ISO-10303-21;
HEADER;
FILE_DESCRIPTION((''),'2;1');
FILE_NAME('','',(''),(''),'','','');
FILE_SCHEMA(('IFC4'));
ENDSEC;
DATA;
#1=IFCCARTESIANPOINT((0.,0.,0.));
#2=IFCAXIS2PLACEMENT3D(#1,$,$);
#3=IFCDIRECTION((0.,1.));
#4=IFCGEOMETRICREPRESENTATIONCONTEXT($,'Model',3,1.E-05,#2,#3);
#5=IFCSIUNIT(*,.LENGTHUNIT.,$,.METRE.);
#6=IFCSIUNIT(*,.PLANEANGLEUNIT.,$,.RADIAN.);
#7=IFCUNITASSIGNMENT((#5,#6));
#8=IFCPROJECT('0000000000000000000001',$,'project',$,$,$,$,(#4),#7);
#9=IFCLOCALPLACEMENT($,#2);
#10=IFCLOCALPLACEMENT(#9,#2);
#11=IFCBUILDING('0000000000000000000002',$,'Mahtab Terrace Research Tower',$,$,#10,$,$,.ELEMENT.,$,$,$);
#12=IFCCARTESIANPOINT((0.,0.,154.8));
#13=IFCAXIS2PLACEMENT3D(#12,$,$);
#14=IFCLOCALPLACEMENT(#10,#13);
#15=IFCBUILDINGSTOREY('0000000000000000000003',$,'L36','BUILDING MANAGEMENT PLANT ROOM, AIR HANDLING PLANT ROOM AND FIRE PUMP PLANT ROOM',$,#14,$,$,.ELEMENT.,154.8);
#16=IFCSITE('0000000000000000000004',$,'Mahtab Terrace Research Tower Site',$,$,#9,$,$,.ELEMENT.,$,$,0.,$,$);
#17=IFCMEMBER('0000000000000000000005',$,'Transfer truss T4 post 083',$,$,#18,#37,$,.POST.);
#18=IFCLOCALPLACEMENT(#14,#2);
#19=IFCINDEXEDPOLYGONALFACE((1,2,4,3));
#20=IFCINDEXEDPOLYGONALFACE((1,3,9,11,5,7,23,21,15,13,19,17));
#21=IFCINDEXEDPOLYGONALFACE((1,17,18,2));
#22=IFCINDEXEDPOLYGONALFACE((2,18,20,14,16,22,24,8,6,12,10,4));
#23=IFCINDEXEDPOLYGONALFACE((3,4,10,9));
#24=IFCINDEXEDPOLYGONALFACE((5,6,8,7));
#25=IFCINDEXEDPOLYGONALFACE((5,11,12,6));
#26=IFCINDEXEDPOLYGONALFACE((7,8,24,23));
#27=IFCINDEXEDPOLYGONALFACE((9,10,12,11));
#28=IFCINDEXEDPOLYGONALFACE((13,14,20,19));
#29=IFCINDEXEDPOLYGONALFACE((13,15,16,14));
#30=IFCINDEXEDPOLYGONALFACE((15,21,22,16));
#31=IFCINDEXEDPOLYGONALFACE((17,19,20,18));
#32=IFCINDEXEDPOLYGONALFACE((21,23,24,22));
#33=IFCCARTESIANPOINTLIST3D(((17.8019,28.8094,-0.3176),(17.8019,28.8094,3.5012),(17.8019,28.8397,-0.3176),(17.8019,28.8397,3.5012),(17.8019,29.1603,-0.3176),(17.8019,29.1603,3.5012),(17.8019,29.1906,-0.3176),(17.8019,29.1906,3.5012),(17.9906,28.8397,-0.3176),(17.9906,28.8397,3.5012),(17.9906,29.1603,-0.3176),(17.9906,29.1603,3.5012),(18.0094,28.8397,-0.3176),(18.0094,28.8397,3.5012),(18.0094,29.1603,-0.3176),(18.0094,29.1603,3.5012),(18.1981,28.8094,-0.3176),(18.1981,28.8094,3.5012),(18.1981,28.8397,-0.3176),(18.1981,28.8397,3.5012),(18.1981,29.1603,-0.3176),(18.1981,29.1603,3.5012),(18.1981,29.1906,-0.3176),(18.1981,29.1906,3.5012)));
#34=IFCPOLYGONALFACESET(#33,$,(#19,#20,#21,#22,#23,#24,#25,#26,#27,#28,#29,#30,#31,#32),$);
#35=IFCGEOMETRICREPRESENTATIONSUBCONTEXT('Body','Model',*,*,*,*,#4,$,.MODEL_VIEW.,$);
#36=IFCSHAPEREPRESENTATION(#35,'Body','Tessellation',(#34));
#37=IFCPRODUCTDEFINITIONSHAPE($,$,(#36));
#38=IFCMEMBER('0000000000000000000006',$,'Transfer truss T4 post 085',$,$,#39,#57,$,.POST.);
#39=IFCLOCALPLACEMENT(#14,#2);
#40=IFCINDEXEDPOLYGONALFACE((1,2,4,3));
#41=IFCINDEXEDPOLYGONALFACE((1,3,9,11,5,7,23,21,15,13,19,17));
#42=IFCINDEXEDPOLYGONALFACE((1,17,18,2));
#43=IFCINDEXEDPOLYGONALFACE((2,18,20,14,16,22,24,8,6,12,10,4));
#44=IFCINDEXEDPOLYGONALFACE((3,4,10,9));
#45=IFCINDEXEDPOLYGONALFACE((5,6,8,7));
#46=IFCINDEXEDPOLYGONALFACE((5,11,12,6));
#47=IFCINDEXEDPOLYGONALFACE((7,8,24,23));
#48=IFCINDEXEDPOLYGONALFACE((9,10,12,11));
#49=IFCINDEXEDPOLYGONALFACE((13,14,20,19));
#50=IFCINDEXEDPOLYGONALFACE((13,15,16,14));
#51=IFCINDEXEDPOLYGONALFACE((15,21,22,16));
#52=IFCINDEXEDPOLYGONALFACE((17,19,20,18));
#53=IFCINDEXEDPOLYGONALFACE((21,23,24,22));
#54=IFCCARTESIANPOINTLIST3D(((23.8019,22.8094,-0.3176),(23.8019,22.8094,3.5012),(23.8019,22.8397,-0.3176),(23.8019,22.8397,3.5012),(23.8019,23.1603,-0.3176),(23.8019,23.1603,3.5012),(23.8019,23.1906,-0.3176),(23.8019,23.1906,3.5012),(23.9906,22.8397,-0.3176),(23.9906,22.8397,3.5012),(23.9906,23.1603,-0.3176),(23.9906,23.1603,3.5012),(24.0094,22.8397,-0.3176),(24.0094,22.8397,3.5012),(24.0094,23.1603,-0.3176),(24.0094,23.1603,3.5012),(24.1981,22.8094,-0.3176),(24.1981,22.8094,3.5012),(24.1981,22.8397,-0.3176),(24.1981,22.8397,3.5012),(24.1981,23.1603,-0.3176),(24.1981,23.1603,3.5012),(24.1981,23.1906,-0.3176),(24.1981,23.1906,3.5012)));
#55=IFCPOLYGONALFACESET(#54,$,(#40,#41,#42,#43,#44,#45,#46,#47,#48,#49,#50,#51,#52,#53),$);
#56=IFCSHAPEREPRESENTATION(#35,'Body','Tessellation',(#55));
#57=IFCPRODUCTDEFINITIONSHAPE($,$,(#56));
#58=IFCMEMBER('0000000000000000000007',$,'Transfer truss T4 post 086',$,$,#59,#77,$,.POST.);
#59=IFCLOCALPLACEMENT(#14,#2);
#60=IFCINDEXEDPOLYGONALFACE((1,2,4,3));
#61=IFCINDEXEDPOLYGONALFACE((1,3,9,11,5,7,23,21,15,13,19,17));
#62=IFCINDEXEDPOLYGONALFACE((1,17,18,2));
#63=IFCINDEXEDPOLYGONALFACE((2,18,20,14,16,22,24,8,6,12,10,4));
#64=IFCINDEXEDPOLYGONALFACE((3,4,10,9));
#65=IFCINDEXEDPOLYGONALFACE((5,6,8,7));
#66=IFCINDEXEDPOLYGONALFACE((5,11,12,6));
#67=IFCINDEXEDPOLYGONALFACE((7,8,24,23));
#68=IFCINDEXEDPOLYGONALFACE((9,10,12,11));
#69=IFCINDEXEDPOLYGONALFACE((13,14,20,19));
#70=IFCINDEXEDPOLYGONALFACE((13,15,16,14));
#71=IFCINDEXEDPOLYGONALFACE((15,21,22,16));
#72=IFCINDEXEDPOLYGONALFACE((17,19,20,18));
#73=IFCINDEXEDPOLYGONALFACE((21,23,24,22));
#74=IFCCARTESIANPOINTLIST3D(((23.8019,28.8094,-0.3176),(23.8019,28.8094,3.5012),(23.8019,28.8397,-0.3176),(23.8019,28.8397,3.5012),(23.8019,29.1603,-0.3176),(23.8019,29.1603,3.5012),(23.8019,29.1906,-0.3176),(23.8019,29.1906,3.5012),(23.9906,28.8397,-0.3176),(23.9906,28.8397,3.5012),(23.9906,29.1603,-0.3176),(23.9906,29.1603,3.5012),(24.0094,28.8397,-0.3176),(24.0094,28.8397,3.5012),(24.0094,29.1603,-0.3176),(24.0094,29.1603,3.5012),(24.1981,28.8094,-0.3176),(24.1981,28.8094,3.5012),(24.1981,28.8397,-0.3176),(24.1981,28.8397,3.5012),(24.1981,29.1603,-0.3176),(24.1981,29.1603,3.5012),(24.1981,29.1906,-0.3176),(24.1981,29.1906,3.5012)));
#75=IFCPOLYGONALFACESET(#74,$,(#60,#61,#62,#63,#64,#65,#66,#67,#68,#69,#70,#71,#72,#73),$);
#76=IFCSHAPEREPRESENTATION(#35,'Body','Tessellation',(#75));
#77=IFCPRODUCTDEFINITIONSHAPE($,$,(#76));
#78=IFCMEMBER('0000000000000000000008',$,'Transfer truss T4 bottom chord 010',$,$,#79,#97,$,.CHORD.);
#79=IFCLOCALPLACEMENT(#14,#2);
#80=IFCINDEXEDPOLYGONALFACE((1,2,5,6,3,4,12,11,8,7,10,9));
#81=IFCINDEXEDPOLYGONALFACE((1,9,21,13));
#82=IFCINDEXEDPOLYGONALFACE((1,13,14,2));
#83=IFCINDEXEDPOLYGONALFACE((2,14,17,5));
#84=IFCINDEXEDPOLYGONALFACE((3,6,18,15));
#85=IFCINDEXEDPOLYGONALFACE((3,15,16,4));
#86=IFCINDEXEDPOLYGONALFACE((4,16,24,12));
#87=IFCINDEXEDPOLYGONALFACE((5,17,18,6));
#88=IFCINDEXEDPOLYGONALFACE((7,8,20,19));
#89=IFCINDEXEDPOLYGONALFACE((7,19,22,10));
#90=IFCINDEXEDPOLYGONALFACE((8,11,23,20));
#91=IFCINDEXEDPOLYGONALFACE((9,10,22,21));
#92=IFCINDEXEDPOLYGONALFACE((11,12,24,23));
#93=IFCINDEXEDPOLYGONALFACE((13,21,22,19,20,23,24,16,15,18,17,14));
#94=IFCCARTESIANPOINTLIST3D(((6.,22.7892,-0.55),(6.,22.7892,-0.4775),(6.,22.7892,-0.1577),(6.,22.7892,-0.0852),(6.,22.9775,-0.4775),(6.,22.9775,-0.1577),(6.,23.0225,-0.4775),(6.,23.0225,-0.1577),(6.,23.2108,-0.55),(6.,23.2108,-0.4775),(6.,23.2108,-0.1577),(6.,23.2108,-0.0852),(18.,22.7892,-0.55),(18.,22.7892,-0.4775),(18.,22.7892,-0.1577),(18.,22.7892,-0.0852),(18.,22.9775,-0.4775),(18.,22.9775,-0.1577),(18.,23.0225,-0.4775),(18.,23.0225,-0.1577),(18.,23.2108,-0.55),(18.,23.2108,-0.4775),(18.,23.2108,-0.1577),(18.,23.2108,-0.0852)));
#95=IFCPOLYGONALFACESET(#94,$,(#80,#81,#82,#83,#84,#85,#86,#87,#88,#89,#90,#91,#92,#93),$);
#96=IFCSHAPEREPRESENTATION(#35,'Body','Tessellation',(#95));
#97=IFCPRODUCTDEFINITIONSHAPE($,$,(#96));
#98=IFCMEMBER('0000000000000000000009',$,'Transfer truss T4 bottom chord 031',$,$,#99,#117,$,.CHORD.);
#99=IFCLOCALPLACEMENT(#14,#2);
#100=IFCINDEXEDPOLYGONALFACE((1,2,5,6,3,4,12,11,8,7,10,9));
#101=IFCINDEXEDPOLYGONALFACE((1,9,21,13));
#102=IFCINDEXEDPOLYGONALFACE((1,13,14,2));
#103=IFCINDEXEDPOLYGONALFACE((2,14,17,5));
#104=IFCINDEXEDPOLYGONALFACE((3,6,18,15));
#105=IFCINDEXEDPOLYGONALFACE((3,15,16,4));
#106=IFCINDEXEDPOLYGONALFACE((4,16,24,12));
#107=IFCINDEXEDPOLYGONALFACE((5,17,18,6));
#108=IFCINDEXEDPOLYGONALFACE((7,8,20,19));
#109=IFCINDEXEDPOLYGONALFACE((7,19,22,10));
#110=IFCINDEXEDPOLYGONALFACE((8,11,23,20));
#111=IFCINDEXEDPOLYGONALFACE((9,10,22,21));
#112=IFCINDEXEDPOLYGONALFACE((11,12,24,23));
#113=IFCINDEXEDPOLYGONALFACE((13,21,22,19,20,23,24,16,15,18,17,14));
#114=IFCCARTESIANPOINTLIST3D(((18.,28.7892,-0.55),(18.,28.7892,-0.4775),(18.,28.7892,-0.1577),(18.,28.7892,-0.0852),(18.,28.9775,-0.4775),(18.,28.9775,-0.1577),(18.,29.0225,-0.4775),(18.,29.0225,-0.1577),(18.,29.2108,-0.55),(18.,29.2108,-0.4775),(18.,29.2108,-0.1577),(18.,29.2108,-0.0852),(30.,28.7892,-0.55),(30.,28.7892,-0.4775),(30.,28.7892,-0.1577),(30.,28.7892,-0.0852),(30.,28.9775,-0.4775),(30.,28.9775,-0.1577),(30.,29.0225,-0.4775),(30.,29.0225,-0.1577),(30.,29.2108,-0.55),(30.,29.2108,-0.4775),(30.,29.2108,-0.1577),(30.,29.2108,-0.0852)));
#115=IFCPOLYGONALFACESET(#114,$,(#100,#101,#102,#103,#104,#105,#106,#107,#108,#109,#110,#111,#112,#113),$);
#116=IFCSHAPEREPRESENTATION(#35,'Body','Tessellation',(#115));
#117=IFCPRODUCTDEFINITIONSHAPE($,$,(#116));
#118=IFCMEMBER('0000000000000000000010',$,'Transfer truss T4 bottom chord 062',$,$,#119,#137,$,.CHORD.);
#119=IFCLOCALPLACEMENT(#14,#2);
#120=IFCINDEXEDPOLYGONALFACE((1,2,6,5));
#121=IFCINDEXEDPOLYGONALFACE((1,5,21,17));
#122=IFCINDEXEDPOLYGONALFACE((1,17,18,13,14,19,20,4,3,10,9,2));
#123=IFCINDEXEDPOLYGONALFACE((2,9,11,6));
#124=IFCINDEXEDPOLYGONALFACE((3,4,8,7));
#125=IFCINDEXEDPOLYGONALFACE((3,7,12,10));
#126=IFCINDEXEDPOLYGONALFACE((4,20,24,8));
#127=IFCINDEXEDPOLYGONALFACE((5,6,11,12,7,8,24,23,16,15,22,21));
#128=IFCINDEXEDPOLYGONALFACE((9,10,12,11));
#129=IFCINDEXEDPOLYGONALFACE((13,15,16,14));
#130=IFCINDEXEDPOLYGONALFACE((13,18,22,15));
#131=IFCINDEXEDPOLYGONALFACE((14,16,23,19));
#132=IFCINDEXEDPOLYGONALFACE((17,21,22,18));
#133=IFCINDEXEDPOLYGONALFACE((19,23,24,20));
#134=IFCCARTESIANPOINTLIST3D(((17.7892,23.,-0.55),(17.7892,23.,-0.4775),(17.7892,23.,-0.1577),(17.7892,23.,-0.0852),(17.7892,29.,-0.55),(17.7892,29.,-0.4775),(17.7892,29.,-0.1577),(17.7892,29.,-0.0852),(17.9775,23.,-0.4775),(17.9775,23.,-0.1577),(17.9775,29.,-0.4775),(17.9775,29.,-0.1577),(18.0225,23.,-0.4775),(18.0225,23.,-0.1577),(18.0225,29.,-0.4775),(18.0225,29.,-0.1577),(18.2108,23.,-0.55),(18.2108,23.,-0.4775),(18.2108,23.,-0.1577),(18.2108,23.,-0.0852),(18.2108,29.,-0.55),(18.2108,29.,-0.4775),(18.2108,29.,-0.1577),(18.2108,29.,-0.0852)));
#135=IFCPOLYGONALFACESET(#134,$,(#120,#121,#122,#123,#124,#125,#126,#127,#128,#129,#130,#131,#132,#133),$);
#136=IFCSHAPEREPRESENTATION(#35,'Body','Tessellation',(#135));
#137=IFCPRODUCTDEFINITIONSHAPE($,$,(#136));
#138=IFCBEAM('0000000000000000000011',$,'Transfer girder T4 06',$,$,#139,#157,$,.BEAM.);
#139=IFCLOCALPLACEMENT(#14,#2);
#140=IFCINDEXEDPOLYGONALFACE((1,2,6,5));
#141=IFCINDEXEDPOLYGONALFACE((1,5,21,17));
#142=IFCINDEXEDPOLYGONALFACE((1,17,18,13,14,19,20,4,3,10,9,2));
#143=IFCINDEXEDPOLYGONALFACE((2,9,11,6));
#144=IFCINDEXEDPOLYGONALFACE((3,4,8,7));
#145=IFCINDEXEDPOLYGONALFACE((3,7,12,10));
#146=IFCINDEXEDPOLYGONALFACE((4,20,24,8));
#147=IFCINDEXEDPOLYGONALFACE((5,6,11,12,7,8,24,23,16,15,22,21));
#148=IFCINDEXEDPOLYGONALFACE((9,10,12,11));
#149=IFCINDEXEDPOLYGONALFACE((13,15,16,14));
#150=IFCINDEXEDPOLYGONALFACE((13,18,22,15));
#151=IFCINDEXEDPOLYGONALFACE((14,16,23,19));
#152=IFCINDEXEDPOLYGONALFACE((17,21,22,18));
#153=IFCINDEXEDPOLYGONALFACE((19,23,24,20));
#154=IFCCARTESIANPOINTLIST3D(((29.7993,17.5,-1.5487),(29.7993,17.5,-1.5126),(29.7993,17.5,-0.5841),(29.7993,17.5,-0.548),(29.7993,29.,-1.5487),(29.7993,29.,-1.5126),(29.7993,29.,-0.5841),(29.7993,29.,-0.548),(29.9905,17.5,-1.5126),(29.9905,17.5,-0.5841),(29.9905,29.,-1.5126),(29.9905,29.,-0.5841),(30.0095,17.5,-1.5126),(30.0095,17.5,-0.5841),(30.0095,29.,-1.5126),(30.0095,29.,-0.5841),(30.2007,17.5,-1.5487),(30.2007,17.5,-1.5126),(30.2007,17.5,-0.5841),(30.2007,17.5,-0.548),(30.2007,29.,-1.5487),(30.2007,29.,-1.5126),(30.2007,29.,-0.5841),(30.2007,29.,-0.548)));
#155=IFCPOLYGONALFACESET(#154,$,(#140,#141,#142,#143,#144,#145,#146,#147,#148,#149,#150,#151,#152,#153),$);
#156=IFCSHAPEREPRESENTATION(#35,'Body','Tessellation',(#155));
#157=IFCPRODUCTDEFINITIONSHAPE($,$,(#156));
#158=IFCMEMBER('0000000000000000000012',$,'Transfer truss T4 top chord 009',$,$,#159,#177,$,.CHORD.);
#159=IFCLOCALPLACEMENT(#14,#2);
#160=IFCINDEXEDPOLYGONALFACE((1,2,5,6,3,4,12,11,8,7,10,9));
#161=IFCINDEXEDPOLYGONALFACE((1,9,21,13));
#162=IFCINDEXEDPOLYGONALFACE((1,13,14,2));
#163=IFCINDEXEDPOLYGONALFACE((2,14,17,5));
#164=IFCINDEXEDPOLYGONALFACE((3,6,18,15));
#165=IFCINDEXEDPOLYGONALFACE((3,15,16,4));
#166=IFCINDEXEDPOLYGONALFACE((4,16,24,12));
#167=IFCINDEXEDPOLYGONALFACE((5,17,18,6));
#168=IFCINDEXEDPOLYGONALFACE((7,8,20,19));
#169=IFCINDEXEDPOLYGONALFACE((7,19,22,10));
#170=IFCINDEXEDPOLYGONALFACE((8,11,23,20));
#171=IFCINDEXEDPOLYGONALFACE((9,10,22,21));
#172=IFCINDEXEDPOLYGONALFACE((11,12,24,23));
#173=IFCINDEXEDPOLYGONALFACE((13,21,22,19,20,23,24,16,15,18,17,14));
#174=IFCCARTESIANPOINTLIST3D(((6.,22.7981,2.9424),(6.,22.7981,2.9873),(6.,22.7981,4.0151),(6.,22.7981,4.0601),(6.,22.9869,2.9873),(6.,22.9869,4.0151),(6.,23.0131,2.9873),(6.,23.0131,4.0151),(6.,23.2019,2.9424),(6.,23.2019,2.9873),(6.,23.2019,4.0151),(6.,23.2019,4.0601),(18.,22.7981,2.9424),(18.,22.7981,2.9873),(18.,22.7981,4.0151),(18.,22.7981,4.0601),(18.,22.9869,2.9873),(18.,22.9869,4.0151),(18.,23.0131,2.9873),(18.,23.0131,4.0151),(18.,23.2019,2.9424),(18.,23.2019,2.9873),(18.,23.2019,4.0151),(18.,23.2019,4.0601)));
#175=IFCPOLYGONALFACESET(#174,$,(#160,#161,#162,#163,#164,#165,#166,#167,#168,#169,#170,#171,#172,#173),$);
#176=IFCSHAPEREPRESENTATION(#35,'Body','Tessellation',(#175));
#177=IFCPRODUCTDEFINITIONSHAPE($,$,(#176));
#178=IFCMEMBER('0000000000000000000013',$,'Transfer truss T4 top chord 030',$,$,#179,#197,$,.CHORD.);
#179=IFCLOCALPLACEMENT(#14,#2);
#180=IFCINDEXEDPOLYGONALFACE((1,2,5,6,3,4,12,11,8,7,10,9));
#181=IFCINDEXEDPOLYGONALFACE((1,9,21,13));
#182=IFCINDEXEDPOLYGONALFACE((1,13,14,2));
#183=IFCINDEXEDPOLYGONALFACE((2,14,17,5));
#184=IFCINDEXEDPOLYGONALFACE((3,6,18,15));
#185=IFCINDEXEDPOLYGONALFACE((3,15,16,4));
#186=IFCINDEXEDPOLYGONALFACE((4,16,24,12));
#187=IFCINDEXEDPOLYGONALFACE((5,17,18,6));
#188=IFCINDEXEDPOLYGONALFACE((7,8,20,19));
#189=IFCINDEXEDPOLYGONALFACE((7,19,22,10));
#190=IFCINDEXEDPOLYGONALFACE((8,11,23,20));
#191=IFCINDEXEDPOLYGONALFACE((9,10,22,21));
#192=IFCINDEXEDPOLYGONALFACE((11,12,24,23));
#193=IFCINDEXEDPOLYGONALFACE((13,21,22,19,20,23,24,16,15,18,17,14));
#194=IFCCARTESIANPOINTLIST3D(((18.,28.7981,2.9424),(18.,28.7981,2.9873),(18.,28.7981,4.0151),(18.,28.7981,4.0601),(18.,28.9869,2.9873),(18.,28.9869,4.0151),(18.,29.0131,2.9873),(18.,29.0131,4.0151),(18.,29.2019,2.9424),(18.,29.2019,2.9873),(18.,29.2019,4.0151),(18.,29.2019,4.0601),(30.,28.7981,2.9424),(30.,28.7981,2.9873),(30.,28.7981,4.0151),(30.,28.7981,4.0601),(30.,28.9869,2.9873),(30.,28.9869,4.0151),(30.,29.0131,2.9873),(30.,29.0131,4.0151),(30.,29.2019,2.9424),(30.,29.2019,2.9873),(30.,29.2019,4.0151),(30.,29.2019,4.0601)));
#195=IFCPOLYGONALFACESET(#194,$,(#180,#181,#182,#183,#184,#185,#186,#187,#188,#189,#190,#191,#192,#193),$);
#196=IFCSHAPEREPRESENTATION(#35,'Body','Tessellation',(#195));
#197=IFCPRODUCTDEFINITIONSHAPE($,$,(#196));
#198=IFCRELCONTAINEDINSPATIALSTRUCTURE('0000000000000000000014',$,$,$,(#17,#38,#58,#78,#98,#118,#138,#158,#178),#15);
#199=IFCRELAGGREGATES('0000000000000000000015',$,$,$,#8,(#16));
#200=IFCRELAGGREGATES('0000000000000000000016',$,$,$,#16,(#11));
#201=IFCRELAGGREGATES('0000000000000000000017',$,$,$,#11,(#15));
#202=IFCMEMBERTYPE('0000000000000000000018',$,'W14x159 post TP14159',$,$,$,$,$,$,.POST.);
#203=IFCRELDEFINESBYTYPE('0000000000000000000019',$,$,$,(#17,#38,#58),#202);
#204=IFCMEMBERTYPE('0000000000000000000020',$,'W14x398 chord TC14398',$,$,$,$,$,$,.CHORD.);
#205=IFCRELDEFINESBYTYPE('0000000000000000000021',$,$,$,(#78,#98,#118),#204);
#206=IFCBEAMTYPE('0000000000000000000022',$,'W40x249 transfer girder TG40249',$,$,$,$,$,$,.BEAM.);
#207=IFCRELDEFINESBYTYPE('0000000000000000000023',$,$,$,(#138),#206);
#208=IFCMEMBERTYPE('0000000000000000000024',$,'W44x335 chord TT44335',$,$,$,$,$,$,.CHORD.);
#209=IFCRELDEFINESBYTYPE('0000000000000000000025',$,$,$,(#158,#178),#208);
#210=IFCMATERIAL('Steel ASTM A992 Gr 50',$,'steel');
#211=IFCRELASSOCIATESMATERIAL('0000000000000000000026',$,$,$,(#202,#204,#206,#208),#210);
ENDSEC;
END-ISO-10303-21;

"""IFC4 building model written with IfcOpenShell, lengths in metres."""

from ifc_helpers import new_model, si_unit, direction, frame, origin, origin_2d, place, context, subcontext, project, spatial, i_section, extrude, material, material_profile, profile_set, type_object, element, save


model = new_model("IFC4")

# Units and contexts
model_context = context("Model", 3, precision=1e-05, world=origin(), true_north=direction((0.0, 1.0)))
body_context = subcontext(model_context, "Body", "Model", "MODEL_VIEW")
ifc_project = project(units=[si_unit("LENGTHUNIT", "METRE"), si_unit("PLANEANGLEUNIT", "RADIAN")], contexts=[model_context])

# Site, building, storey
site_placement = place(None, origin())
site = spatial("IfcSite", under=ifc_project, at=site_placement, Name="Mahtab Terrace Research Tower Site", CompositionType="ELEMENT", RefElevation=0.0)
building_placement = place(site_placement, origin())
building = spatial("IfcBuilding", under=site, at=building_placement, Name="Mahtab Terrace Research Tower", CompositionType="ELEMENT")
storey_placement = place(building_placement, frame((0.0, 0.0, 154.8)))
storey = spatial("IfcBuildingStorey", under=building, at=storey_placement, Name="L36", Description="BUILDING MANAGEMENT PLANT ROOM, AIR HANDLING PLANT ROOM AND FIRE PUMP PLANT ROOM", CompositionType="ELEMENT", Elevation=154.8)

# Shared definitions
ifc_material_1 = material(Name="Steel ASTM A992 Gr 50", Category="steel")

# Members
ifc_material_profile_1 = material_profile(ifc_material_1, i_section(OverallWidth=0.3962, OverallDepth=0.3811, WebThickness=0.0188, FlangeThickness=0.0303, at=origin_2d()), Name="W14X159")
ifc_profile_set_1 = profile_set([ifc_material_profile_1], Name="Steel ASTM A992 Gr 50")
member_type_1 = type_object("IfcMemberType", Name="W14x159 post TP14159", PredefinedType="POST", material=ifc_profile_set_1)
for number, where, z_axis, x_axis, name in (
    (1, (18.0, 29.0, -0.3176), (0.0, 0.0, 1.0), (1.0, 0.0, 0.0), "Transfer truss T4 post 083"),
    (2, (24.0, 23.0, -0.3176), (0.0, 0.0, 1.0), (1.0, 0.0, 0.0), "Transfer truss T4 post 085"),
    (3, (24.0, 29.0, -0.3176), (0.0, 0.0, 1.0), (1.0, 0.0, 0.0), "Transfer truss T4 post 086"),
):
    element("IfcMember", number, at=place(storey_placement, frame(where, z_axis=z_axis, x_axis=x_axis)), inside=storey, type_object=member_type_1, Name=name, PredefinedType="POST", context=body_context, shape_type="SweptSolid", body=[
        extrude(i_section(OverallWidth=0.3962, OverallDepth=0.3811, WebThickness=0.0188, FlangeThickness=0.0303, at=origin_2d()), origin(), (0.0, 0.0, 1.0), 3.8188),
    ])
ifc_material_profile_2 = material_profile(ifc_material_1, i_section(OverallWidth=0.4216, OverallDepth=0.4648, WebThickness=0.0449, FlangeThickness=0.0725, at=origin_2d()), Name="W14X398")
ifc_profile_set_2 = profile_set([ifc_material_profile_2], Name="Steel ASTM A992 Gr 50")
member_type_2 = type_object("IfcMemberType", Name="W14x398 chord TC14398", PredefinedType="CHORD", material=ifc_profile_set_2)
for number, where, z_axis, x_axis, name in (
    (4, (18.0, 23.0, -0.3176), (-1.0, 0.0, 0.0), (0.0, -1.0, 0.0), "Transfer truss T4 bottom chord 010"),
    (5, (18.0, 29.0, -0.3176), (1.0, 0.0, 0.0), (0.0, 1.0, 0.0), "Transfer truss T4 bottom chord 031"),
):
    element("IfcMember", number, at=place(storey_placement, frame(where, z_axis=z_axis, x_axis=x_axis)), inside=storey, type_object=member_type_2, Name=name, PredefinedType="CHORD", context=body_context, shape_type="SweptSolid", body=[
        extrude(i_section(OverallWidth=0.4216, OverallDepth=0.4648, WebThickness=0.0449, FlangeThickness=0.0725, at=origin_2d()), origin(), (0.0, 0.0, 1.0), 12.0),
    ])
member_1_placement = place(storey_placement, frame((18.0, 23.0, -0.3176), z_axis=(0.0, 1.0, 0.0), x_axis=(-1.0, 0.0, 0.0)))
element("IfcMember", 6, at=member_1_placement, inside=storey, type_object=member_type_2, Name="Transfer truss T4 bottom chord 062", PredefinedType="CHORD", context=body_context, shape_type="SweptSolid", body=[
    extrude(i_section(OverallWidth=0.4216, OverallDepth=0.4648, WebThickness=0.0449, FlangeThickness=0.0725, at=origin_2d()), origin(), (0.0, 0.0, 1.0), 6.0),
])

# Beam
ifc_material_profile_3 = material_profile(ifc_material_1, i_section(OverallWidth=0.4014, OverallDepth=1.0007, WebThickness=0.019, FlangeThickness=0.0361, at=origin_2d()), Name="W40X249")
ifc_profile_set_3 = profile_set([ifc_material_profile_3], Name="Steel ASTM A992 Gr 50")
beam_type = type_object("IfcBeamType", Name="W40x249 transfer girder TG40249", PredefinedType="BEAM", material=ifc_profile_set_3)
beam_placement = place(storey_placement, frame((30.0, 17.5, -1.0483), z_axis=(0.0, 1.0, 0.0), x_axis=(-1.0, 0.0, 0.0)))
element("IfcBeam", 7, at=beam_placement, inside=storey, type_object=beam_type, Name="Transfer girder T4 06", PredefinedType="BEAM", context=body_context, shape_type="SweptSolid", body=[
    extrude(i_section(OverallWidth=0.4014, OverallDepth=1.0007, WebThickness=0.019, FlangeThickness=0.0361, at=origin_2d()), origin(), (0.0, 0.0, 1.0), 11.5),
])

# Members
ifc_material_profile_4 = material_profile(ifc_material_1, i_section(OverallWidth=0.4038, OverallDepth=1.1177, WebThickness=0.0261, FlangeThickness=0.0449, at=origin_2d()), Name="W44X335")
ifc_profile_set_4 = profile_set([ifc_material_profile_4], Name="Steel ASTM A992 Gr 50")
member_type_3 = type_object("IfcMemberType", Name="W44x335 chord TT44335", PredefinedType="CHORD", material=ifc_profile_set_4)
for number, where, z_axis, x_axis, name in (
    (8, (18.0, 23.0, 3.5012), (-1.0, 0.0, 0.0), (0.0, -1.0, 0.0), "Transfer truss T4 top chord 009"),
    (9, (18.0, 29.0, 3.5012), (1.0, 0.0, 0.0), (0.0, 1.0, 0.0), "Transfer truss T4 top chord 030"),
):
    element("IfcMember", number, at=place(storey_placement, frame(where, z_axis=z_axis, x_axis=x_axis)), inside=storey, type_object=member_type_3, Name=name, PredefinedType="CHORD", context=body_context, shape_type="SweptSolid", body=[
        extrude(i_section(OverallWidth=0.4038, OverallDepth=1.1177, WebThickness=0.0261, FlangeThickness=0.0449, at=origin_2d()), origin(), (0.0, 0.0, 1.0), 12.0),
    ])

save(model, "model.ifc")
